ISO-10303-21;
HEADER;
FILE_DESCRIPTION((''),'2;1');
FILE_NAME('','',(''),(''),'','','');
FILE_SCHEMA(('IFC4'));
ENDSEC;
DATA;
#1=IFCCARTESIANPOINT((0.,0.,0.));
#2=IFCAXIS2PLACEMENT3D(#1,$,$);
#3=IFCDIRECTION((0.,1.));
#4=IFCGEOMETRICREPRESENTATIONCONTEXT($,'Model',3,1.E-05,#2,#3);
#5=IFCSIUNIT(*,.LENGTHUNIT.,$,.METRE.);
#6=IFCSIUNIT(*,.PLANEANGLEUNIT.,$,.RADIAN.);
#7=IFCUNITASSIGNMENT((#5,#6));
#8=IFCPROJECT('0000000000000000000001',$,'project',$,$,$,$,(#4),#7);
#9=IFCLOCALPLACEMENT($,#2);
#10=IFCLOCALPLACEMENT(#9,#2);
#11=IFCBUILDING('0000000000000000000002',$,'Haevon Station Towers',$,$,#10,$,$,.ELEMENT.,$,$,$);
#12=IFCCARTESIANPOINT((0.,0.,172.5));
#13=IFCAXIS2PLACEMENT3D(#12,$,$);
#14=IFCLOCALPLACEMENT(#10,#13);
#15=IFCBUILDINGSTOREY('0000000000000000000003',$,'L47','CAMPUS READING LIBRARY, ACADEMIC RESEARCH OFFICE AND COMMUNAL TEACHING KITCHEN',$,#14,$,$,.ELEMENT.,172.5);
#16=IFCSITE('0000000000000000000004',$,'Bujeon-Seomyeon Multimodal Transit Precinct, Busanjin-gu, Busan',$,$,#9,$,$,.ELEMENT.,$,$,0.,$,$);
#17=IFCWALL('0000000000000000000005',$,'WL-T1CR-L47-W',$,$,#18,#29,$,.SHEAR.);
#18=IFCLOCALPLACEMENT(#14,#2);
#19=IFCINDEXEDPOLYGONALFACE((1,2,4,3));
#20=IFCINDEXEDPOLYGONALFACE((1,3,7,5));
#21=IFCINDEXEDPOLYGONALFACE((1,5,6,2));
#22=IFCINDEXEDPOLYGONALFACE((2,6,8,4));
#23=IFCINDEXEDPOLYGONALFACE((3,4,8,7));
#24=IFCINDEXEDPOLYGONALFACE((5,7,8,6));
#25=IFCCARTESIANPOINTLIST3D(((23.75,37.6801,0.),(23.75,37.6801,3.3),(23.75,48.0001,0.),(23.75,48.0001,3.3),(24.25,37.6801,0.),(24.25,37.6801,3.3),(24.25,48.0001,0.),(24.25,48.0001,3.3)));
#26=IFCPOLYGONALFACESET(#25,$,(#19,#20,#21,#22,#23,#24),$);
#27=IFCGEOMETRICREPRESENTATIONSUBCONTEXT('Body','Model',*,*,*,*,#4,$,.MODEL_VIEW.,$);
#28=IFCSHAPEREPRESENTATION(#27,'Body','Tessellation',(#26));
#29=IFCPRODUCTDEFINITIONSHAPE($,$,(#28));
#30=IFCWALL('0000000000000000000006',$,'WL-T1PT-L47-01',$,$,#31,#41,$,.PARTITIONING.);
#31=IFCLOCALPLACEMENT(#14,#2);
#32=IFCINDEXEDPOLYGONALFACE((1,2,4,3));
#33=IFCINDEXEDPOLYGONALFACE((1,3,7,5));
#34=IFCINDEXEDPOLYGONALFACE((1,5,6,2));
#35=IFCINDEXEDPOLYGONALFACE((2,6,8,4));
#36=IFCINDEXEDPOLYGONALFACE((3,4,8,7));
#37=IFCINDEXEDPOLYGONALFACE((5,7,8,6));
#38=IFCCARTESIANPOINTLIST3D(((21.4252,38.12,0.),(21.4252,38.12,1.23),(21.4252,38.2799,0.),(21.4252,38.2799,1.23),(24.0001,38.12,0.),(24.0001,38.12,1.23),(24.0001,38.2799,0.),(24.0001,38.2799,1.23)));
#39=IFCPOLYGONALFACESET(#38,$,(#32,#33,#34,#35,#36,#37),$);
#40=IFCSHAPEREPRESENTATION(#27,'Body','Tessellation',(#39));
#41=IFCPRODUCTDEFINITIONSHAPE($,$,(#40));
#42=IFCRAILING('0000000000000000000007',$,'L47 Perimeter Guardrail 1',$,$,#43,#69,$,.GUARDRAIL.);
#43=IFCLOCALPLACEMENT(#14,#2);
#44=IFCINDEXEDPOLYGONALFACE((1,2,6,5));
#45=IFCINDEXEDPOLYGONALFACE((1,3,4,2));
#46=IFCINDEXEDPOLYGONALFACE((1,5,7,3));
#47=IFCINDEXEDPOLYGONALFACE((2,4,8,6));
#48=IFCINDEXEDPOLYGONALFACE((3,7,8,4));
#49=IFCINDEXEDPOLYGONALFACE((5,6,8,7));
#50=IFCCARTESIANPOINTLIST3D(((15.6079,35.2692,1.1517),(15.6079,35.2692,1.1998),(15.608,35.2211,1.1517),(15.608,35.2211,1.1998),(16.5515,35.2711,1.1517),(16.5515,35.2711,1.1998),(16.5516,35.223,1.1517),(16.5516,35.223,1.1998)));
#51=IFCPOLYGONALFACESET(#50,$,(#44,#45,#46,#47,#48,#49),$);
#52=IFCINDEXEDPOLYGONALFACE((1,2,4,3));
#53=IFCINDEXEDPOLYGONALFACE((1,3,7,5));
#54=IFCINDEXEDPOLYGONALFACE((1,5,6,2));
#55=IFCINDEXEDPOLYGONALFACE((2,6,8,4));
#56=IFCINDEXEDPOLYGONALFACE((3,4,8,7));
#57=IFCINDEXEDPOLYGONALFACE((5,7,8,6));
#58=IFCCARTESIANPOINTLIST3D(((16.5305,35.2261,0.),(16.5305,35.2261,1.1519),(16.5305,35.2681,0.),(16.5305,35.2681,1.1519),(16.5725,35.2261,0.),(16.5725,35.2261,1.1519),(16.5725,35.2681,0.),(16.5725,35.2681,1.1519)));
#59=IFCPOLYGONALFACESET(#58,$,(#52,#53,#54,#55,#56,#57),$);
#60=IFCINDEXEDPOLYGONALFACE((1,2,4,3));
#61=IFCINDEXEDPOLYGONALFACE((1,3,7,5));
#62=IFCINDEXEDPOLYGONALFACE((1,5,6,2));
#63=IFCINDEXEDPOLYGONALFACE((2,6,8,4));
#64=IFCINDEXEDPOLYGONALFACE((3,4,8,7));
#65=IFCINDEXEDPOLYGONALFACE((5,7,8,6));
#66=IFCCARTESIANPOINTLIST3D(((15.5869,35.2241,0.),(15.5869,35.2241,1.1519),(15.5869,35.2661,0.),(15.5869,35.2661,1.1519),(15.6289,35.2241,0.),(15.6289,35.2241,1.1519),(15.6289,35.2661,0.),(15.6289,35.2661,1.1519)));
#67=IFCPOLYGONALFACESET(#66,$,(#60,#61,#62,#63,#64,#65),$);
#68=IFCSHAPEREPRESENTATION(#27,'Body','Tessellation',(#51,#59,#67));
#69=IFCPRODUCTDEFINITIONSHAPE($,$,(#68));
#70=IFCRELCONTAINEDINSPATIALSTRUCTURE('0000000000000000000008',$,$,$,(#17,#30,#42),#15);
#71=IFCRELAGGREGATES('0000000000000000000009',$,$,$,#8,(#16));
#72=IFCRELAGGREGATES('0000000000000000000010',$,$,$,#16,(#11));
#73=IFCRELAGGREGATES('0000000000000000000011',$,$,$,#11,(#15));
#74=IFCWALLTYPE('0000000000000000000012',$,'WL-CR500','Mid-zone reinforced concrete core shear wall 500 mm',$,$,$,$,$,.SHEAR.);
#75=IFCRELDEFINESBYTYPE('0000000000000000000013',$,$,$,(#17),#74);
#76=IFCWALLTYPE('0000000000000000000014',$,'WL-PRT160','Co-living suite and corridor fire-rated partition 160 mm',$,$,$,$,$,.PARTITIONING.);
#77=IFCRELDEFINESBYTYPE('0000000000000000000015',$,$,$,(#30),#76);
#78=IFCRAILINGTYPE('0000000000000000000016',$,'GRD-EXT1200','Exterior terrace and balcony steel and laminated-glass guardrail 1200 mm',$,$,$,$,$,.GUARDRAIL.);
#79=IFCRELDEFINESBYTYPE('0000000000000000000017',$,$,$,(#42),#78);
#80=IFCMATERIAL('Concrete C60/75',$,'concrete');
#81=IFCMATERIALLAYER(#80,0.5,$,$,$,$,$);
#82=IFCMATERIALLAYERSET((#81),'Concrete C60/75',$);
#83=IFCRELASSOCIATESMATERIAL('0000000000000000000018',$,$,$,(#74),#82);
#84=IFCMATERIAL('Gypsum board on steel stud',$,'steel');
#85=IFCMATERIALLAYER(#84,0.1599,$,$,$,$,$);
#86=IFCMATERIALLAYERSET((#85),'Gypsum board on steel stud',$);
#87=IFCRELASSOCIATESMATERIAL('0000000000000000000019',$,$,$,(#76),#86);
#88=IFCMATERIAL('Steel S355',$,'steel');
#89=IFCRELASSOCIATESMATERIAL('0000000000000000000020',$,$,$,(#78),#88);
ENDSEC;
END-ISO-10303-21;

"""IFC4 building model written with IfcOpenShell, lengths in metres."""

from ifc_helpers import new_model, si_unit, direction, frame, frame_2d, origin, origin_2d, place, context, subcontext, project, spatial, rectangle, extrude, material, layer, layer_set, type_object, element, save


model = new_model("IFC4")

# Units and contexts
model_context = context("Model", 3, precision=1e-05, world=origin(), true_north=direction((0.0, 1.0)))
body_context = subcontext(model_context, "Body", "Model", "MODEL_VIEW")
ifc_project = project(units=[si_unit("LENGTHUNIT", "METRE"), si_unit("PLANEANGLEUNIT", "RADIAN")], contexts=[model_context])

# Site, building, storey
site_placement = place(None, origin())
site = spatial("IfcSite", under=ifc_project, at=site_placement, Name="Bujeon-Seomyeon Multimodal Transit Precinct, Busanjin-gu, Busan", CompositionType="ELEMENT", RefElevation=0.0)
building_placement = place(site_placement, origin())
building = spatial("IfcBuilding", under=site, at=building_placement, Name="Haevon Station Towers", CompositionType="ELEMENT")
storey_placement = place(building_placement, frame((0.0, 0.0, 172.5)))
storey = spatial("IfcBuildingStorey", under=building, at=storey_placement, Name="L47", Description="CAMPUS READING LIBRARY, ACADEMIC RESEARCH OFFICE AND COMMUNAL TEACHING KITCHEN", CompositionType="ELEMENT", Elevation=172.5)

# Shared definitions
ifc_material_1 = material(Name="Steel S355", Category="steel")

# Shared definitions
ifc_material_2 = material(Name="Gypsum board on steel stud", Category="steel")

# Walls
ifc_material_3 = material(Name="Concrete C60/75", Category="concrete")
ifc_layer_1 = layer(ifc_material_3, 0.5)
ifc_layer_set_1 = layer_set([ifc_layer_1], Name="Concrete C60/75")
wall_type_1 = type_object("IfcWallType", Name="WL-CR500", Description="Mid-zone reinforced concrete core shear wall 500 mm", PredefinedType="SHEAR", material=ifc_layer_set_1)
wall_1_placement = place(storey_placement, frame((24.0, 37.6799, 0.0), z_axis=(0.0, 0.0, 1.0), x_axis=(0.0, 1.0, 0.0)))
element("IfcWall", 1, at=wall_1_placement, inside=storey, type_object=wall_type_1, Name="WL-T1CR-L47-W", PredefinedType="SHEAR", context=body_context, shape_type="SweptSolid", body=[
    extrude(rectangle(XDim=10.3201, YDim=0.5, at=frame_2d((5.1602, 0.0))), origin(), (0.0, 0.0, 1.0), 3.3),
])
ifc_layer_2 = layer(ifc_material_2, 0.1599)
ifc_layer_set_2 = layer_set([ifc_layer_2], Name="Gypsum board on steel stud")
wall_type_2 = type_object("IfcWallType", Name="WL-PRT160", Description="Co-living suite and corridor fire-rated partition 160 mm", PredefinedType="PARTITIONING", material=ifc_layer_set_2)
wall_2_placement = place(storey_placement, frame((21.425, 38.2, 0.0), z_axis=(0.0, 0.0, 1.0), x_axis=(1.0, 0.0, 0.0)))
element("IfcWall", 2, at=wall_2_placement, inside=storey, type_object=wall_type_2, Name="WL-T1PT-L47-01", PredefinedType="PARTITIONING", context=body_context, shape_type="SweptSolid", body=[
    extrude(rectangle(XDim=2.575, YDim=0.1599, at=frame_2d((1.2876, 0.0))), origin(), (0.0, 0.0, 1.0), 1.23),
])

# Railing
railing_type = type_object("IfcRailingType", Name="GRD-EXT1200", Description="Exterior terrace and balcony steel and laminated-glass guardrail 1200 mm", PredefinedType="GUARDRAIL", material=ifc_material_1)
railing_placement = place(storey_placement, frame((16.5515, 35.2471, 0.0)))
element("IfcRailing", 3, at=railing_placement, inside=storey, type_object=railing_type, Name="L47 Perimeter Guardrail 1", PredefinedType="GUARDRAIL", context=body_context, shape_type="SweptSolid", body=[
    extrude(rectangle(XDim=0.0481, YDim=0.0481, at=origin_2d()), frame((0.0, 0.0, 1.1758), z_axis=(-0.999998, -0.00207, 0.0), x_axis=(0.00207, -0.999998, 0.0)), (0.0, 0.0, 1.0), 0.9436),
    extrude(rectangle(XDim=0.042, YDim=0.042, at=origin_2d()), origin(), (0.0, 0.0, 1.0), 1.1519),
    extrude(rectangle(XDim=0.042, YDim=0.042, at=origin_2d()), frame((-0.9436, -0.002, 0.0)), (0.0, 0.0, 1.0), 1.1519),
])

save(model, "model.ifc")
